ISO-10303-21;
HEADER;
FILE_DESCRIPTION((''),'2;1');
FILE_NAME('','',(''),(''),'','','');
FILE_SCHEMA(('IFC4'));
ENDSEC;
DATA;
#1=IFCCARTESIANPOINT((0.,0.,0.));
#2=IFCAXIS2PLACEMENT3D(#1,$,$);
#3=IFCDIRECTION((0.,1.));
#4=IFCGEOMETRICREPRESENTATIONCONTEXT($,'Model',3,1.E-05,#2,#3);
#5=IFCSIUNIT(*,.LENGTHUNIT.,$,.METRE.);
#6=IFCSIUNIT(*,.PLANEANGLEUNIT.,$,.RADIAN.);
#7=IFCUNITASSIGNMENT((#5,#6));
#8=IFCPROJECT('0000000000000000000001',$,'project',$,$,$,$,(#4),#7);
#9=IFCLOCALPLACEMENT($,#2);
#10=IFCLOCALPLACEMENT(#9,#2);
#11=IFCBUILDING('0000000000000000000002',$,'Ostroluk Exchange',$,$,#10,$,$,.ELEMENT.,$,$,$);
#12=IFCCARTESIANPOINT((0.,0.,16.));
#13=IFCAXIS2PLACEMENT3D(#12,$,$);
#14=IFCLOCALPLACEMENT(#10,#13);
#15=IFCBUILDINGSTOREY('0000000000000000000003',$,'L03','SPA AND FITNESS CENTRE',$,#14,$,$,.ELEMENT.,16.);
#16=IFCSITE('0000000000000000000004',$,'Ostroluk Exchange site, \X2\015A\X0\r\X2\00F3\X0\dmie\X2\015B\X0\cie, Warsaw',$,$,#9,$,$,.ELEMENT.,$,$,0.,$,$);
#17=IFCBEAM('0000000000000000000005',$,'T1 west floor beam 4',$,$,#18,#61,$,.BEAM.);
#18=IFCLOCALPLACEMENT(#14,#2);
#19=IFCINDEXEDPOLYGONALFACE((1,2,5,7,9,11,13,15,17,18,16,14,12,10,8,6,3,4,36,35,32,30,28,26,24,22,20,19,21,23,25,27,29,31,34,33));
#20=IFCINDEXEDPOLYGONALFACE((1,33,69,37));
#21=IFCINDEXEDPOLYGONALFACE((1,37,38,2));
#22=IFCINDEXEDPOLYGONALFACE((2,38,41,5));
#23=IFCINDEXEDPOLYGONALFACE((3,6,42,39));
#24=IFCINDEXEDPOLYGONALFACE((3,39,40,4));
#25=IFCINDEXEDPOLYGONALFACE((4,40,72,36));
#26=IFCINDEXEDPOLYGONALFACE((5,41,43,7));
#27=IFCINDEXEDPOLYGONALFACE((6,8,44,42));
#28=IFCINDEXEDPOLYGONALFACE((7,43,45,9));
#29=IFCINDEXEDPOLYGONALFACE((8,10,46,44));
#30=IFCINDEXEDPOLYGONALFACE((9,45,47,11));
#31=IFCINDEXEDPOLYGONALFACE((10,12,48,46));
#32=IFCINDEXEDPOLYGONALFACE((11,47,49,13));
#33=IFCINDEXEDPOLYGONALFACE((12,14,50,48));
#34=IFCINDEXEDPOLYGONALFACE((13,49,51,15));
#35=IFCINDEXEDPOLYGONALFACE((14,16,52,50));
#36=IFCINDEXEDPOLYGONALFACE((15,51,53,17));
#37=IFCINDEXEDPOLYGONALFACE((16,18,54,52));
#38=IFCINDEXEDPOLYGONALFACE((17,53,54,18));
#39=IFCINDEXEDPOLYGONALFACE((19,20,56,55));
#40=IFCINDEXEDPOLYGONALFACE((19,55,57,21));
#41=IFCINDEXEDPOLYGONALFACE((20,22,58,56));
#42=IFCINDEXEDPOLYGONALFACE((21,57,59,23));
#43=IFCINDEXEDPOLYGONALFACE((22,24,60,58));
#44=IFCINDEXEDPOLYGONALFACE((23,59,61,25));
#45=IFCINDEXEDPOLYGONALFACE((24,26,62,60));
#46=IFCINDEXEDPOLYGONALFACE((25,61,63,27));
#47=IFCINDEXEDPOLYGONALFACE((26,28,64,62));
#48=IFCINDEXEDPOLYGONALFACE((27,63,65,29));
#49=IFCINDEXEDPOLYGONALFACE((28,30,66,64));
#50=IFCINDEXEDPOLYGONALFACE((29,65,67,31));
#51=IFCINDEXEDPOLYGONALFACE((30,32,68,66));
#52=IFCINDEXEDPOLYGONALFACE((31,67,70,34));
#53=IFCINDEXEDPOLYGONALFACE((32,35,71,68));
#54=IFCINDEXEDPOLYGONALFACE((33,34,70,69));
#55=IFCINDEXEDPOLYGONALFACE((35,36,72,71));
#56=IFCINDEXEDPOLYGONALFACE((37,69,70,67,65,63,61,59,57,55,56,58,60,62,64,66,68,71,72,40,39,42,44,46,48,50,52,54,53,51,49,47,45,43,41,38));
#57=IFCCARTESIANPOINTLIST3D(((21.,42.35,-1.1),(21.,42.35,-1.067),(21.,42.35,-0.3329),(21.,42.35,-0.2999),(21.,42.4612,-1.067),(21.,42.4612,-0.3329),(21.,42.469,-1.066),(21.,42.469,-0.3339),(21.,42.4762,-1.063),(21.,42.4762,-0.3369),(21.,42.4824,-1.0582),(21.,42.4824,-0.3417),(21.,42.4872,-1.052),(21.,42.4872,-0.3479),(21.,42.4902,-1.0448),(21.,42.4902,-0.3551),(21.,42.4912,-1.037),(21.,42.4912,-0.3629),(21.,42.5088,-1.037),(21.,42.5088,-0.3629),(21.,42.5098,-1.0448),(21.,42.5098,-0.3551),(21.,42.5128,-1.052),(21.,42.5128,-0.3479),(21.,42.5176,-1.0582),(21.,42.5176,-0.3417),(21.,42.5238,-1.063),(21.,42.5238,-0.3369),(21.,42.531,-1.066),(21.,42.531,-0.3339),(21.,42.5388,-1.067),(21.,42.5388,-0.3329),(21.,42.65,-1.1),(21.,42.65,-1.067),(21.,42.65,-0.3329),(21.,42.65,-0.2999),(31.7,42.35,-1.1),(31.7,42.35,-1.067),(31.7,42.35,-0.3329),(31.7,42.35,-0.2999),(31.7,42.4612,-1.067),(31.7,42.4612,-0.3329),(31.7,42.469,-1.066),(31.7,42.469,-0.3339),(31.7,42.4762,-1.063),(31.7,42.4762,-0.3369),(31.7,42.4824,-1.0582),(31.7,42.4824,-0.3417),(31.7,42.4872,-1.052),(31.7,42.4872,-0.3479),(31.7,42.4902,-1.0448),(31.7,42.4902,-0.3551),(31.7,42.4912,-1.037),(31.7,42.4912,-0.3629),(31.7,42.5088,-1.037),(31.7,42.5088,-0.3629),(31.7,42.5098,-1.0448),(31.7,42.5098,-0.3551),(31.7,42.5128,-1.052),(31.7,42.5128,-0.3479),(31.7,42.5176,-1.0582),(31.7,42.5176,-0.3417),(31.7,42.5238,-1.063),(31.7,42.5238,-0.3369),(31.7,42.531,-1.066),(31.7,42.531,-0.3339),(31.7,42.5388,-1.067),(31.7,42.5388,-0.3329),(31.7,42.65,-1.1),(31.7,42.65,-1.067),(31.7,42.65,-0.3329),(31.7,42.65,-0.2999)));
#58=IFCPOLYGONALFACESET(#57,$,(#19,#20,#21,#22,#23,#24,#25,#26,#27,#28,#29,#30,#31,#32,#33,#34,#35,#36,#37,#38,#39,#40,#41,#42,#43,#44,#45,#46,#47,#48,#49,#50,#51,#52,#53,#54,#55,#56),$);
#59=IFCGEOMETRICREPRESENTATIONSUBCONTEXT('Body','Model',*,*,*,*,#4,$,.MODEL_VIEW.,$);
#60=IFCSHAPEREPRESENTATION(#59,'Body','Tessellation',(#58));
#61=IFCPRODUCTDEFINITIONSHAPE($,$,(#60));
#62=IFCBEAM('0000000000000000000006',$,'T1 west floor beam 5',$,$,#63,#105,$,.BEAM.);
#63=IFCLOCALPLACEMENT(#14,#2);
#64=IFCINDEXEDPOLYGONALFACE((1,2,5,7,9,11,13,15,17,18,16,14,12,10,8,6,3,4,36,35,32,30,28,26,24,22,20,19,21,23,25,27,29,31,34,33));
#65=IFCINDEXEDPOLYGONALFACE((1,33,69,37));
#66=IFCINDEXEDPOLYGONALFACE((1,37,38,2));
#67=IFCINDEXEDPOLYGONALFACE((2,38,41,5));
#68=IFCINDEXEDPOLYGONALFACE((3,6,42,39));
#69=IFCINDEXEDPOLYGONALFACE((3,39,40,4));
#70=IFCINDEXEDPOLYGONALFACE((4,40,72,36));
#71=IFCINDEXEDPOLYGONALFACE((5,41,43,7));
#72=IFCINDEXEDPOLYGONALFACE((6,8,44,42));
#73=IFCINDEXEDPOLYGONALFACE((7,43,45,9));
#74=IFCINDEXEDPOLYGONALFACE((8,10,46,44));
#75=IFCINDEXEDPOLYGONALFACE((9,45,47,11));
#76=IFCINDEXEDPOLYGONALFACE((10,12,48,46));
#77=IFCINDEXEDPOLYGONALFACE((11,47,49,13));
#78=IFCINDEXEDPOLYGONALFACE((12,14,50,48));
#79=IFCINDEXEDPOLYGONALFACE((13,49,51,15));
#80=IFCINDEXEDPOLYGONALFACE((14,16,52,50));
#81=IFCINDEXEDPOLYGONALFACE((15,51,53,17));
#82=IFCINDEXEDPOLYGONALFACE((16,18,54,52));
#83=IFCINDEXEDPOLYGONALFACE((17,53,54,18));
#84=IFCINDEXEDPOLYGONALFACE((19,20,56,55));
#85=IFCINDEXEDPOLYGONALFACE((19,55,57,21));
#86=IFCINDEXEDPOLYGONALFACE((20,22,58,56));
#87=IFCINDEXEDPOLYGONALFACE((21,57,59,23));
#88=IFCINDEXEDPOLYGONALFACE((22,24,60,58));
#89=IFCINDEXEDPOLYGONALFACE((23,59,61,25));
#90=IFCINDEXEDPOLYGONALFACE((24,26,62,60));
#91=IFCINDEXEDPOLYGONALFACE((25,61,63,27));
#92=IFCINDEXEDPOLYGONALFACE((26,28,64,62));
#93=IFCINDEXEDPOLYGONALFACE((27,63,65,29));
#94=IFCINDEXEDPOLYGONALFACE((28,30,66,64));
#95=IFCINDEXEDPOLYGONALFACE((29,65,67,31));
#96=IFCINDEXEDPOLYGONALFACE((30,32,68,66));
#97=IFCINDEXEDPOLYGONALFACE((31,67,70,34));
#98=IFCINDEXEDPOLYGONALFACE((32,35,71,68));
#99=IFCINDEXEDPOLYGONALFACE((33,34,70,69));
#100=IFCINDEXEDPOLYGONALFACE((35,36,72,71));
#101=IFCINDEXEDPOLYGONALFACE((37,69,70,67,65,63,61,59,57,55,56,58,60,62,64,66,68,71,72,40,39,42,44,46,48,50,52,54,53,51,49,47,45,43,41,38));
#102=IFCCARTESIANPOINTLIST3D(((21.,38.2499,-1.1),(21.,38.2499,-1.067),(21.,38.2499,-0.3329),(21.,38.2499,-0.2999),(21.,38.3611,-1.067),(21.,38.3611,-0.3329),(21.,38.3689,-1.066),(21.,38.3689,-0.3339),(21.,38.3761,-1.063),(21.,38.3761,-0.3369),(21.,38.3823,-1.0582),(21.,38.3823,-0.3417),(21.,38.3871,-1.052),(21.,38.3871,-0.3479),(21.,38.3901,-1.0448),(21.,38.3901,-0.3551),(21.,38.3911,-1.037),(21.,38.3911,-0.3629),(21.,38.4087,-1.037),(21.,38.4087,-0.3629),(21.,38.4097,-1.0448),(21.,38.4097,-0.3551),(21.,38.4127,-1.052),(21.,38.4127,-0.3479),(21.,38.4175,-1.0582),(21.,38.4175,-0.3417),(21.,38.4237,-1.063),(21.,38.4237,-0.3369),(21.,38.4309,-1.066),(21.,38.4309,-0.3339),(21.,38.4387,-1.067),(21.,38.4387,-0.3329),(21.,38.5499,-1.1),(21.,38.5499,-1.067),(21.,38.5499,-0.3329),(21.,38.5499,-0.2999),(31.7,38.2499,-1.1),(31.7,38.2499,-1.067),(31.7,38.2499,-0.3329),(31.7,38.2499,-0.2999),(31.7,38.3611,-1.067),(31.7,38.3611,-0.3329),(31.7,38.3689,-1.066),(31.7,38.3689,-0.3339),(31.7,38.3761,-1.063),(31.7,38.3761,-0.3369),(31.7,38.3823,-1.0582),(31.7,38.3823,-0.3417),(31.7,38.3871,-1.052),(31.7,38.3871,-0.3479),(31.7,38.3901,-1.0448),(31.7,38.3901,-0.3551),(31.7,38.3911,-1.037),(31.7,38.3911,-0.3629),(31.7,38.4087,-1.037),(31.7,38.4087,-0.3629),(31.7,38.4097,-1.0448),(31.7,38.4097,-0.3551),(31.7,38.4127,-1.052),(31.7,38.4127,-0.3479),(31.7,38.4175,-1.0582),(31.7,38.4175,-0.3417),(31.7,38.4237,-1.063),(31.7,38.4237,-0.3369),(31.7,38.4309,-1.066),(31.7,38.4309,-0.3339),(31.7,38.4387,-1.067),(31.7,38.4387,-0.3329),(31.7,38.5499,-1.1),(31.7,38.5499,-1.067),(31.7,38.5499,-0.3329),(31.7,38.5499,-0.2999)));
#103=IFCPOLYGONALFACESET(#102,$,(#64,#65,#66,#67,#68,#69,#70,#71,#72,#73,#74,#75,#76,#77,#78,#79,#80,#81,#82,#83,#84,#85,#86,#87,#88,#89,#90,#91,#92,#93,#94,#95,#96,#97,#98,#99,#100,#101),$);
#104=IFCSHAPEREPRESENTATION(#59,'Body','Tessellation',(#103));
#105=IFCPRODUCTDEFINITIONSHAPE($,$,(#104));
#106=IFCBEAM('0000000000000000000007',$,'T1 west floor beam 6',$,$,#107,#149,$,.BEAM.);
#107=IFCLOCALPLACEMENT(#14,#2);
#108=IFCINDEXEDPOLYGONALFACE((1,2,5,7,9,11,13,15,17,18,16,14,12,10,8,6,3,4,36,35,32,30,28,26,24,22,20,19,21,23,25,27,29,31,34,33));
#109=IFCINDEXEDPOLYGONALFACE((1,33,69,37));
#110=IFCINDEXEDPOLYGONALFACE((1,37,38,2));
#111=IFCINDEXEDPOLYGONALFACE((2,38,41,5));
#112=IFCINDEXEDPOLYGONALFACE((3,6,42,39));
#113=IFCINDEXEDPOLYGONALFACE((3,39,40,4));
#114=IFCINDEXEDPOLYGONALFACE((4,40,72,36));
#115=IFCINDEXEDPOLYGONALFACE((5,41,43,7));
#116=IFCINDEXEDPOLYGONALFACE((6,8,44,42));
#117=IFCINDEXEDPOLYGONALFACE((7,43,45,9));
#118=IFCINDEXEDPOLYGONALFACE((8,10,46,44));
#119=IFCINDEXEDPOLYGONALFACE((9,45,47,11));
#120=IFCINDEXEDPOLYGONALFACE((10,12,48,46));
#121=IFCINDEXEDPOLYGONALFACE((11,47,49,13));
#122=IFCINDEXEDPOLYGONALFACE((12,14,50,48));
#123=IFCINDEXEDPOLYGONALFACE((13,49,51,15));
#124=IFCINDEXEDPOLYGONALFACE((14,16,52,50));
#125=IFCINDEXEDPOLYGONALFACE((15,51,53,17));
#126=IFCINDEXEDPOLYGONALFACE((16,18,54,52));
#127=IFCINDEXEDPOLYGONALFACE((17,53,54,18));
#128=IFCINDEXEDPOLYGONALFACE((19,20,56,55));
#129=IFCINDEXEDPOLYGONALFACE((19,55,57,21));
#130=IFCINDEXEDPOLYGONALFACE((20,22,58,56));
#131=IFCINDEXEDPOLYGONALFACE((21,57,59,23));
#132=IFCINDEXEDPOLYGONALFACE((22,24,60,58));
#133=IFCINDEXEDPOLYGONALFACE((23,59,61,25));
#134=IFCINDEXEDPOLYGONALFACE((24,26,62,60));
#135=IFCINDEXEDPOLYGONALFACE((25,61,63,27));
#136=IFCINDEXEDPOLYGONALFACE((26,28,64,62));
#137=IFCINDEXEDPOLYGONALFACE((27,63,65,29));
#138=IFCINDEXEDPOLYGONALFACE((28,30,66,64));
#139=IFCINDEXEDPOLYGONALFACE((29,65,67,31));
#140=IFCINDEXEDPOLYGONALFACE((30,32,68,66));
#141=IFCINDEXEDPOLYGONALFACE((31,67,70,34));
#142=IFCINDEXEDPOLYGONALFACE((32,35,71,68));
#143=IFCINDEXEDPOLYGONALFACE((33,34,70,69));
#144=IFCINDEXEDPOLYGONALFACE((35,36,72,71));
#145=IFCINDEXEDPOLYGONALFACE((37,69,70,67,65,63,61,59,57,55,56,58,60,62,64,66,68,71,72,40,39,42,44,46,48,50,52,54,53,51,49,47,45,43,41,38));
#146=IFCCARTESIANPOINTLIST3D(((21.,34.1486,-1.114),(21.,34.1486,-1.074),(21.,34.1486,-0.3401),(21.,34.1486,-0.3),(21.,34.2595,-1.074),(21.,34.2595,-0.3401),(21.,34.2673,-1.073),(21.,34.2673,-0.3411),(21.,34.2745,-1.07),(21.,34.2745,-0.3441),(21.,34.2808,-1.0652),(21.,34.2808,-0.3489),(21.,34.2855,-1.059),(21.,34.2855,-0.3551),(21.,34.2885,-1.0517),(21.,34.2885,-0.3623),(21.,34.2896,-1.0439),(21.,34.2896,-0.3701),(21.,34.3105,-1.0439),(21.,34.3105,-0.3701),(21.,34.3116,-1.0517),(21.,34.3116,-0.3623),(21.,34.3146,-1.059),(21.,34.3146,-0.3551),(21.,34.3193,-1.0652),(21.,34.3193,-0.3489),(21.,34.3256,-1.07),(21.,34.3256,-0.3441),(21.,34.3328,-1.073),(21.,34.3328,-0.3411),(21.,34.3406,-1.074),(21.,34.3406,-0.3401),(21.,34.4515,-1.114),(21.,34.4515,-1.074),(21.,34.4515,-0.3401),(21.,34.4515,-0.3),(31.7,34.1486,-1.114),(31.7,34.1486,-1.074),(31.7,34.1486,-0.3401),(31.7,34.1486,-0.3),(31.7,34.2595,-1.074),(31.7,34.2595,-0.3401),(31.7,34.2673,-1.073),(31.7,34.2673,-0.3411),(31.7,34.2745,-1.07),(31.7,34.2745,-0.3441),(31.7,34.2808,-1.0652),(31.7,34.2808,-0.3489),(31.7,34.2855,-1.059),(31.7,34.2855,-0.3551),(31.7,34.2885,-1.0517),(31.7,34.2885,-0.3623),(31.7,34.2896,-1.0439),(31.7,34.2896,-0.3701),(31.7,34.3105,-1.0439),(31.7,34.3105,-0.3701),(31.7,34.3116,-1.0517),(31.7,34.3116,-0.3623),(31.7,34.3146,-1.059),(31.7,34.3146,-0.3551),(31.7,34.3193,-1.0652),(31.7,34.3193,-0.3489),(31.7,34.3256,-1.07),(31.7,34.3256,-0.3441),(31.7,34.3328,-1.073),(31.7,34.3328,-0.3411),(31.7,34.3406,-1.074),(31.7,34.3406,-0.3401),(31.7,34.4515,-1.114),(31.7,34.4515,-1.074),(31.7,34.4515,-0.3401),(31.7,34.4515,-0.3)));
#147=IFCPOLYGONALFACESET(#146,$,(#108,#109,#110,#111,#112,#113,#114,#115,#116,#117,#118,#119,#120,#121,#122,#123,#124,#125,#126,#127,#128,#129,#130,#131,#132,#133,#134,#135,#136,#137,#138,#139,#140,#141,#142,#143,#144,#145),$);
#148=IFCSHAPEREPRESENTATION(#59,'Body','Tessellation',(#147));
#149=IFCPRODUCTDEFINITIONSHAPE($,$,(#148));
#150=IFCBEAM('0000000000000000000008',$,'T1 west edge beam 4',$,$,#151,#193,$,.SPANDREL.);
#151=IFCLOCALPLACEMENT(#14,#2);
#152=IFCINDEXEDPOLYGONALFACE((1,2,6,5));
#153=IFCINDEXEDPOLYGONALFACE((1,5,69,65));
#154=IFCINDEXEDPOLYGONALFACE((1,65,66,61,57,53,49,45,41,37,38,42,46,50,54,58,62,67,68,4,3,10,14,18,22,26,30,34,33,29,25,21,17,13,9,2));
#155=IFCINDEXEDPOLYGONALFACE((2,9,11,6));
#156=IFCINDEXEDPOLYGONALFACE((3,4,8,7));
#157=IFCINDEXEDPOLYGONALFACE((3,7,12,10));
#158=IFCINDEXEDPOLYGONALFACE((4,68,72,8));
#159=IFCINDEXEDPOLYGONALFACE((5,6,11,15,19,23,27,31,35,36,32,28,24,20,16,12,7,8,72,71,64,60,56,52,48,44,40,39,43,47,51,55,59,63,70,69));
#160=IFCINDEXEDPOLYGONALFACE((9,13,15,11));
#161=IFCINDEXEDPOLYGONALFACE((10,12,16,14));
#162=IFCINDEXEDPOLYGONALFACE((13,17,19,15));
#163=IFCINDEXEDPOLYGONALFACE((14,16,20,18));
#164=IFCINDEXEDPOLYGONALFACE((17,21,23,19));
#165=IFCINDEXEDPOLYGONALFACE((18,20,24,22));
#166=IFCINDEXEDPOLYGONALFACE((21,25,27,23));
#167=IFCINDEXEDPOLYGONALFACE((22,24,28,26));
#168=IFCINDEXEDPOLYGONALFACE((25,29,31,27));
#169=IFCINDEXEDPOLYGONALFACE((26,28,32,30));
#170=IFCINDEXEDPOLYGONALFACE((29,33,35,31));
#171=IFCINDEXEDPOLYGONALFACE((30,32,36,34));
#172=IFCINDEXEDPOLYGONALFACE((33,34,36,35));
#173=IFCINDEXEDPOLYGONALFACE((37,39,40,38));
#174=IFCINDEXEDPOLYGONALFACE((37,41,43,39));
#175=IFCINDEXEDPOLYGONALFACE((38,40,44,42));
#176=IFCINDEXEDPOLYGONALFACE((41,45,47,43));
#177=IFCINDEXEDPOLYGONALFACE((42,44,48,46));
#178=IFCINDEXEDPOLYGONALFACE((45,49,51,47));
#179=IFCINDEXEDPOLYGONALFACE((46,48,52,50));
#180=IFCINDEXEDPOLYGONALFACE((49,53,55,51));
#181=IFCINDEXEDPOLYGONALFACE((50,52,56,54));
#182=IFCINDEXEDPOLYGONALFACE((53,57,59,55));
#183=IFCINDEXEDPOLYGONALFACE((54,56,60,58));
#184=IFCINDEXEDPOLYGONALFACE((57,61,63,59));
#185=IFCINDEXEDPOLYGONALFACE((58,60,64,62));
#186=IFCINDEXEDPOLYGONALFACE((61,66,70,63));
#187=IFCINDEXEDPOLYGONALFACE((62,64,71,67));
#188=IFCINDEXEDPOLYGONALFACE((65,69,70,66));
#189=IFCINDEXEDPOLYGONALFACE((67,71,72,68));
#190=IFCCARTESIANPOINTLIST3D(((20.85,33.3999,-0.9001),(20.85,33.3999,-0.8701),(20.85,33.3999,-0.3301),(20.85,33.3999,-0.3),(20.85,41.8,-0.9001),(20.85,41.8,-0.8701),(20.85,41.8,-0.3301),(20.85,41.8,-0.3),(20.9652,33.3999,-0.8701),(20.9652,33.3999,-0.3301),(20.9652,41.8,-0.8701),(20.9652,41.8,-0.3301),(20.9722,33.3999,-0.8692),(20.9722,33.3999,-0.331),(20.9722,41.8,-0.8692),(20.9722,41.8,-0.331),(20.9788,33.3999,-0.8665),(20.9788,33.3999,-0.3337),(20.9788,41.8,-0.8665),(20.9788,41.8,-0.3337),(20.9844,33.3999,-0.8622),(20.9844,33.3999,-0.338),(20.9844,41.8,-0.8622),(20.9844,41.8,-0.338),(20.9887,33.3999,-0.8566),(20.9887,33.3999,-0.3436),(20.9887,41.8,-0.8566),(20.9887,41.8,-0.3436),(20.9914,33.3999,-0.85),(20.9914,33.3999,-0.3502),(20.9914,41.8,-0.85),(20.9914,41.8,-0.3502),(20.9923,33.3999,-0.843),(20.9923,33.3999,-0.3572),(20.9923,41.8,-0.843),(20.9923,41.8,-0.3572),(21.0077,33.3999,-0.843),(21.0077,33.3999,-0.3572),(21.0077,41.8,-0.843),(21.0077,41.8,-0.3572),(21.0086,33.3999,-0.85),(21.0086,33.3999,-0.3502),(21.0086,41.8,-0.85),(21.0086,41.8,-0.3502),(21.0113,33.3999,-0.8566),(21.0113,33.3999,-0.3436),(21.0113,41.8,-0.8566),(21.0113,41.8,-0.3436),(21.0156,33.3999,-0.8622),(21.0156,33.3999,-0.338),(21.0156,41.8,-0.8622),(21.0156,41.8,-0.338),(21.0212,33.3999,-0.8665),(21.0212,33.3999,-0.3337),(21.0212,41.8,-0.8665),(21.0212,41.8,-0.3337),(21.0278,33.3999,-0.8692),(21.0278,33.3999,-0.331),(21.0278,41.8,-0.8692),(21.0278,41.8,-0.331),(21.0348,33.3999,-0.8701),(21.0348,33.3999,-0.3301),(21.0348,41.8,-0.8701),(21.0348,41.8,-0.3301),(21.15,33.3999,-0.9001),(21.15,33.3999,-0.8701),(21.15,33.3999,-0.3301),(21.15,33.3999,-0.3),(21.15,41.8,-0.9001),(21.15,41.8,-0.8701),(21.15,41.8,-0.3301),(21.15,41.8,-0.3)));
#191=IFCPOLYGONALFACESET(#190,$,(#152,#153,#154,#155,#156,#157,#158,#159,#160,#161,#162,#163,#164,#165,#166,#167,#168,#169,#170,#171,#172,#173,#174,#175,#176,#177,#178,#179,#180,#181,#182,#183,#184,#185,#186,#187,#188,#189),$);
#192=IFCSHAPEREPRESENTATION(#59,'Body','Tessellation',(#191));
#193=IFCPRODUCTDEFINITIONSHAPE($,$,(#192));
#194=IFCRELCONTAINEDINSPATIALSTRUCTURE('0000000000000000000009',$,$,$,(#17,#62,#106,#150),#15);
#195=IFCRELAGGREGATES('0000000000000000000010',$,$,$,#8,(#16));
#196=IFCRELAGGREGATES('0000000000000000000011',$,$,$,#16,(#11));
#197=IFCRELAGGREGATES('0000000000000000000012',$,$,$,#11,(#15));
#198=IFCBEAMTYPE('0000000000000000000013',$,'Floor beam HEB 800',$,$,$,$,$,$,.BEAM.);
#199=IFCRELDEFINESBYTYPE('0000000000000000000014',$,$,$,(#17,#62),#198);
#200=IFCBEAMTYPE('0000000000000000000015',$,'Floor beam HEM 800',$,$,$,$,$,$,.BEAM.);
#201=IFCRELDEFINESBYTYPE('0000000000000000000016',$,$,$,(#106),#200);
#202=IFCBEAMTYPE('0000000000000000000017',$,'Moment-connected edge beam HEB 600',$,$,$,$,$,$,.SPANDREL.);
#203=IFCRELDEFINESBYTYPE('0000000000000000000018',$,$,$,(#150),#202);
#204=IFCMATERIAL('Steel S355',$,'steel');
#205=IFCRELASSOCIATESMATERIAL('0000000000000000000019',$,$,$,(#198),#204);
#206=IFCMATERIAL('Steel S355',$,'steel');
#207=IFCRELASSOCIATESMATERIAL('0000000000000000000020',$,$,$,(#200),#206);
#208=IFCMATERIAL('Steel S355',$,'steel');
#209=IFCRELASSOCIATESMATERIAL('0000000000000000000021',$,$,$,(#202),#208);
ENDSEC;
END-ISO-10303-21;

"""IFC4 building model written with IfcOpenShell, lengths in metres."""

from ifc_helpers import new_model, si_unit, direction, frame, origin, origin_2d, place, context, subcontext, project, spatial, i_section, extrude, material, material_profile, profile_set, type_object, element, save


model = new_model("IFC4")

# Units and contexts
model_context = context("Model", 3, precision=1e-05, world=origin(), true_north=direction((0.0, 1.0)))
body_context = subcontext(model_context, "Body", "Model", "MODEL_VIEW")
ifc_project = project(units=[si_unit("LENGTHUNIT", "METRE"), si_unit("PLANEANGLEUNIT", "RADIAN")], contexts=[model_context])

# Site, building, storey
site_placement = place(None, origin())
site = spatial("IfcSite", under=ifc_project, at=site_placement, Name="Ostroluk Exchange site, Śródmieście, Warsaw", CompositionType="ELEMENT", RefElevation=0.0)
building_placement = place(site_placement, origin())
building = spatial("IfcBuilding", under=site, at=building_placement, Name="Ostroluk Exchange", CompositionType="ELEMENT")
storey_placement = place(building_placement, frame((0.0, 0.0, 16.0)))
storey = spatial("IfcBuildingStorey", under=building, at=storey_placement, Name="L03", Description="SPA AND FITNESS CENTRE", CompositionType="ELEMENT", Elevation=16.0)

# Beams
ifc_material_1 = material(Name="Steel S355", Category="steel")
ifc_material_profile_1 = material_profile(ifc_material_1, i_section(OverallWidth=0.3, OverallDepth=0.8, WebThickness=0.0176, FlangeThickness=0.033, FilletRadius=0.03, at=origin_2d()), Name="HEB 800")
ifc_profile_set_1 = profile_set([ifc_material_profile_1], Name="Steel S355")
beam_type_1 = type_object("IfcBeamType", Name="Floor beam HEB 800", PredefinedType="BEAM", material=ifc_profile_set_1)
for number, where, z_axis, x_axis, name in (
    (1, (31.7, 42.5, -0.7), (-1.0, 0.0, 0.0), (0.0, -1.0, 0.0), "T1 west floor beam 4"),
    (2, (31.7, 38.3999, -0.7), (-1.0, 0.0, 0.0), (0.0, -1.0, 0.0), "T1 west floor beam 5"),
):
    element("IfcBeam", number, at=place(storey_placement, frame(where, z_axis=z_axis, x_axis=x_axis)), inside=storey, type_object=beam_type_1, Name=name, PredefinedType="BEAM", context=body_context, shape_type="SweptSolid", body=[
        extrude(i_section(OverallWidth=0.3, OverallDepth=0.8, WebThickness=0.0176, FlangeThickness=0.033, FilletRadius=0.03, at=origin_2d()), origin(), (0.0, 0.0, 1.0), 10.7),
    ])
ifc_material_2 = material(Name="Steel S355", Category="steel")
ifc_material_profile_2 = material_profile(ifc_material_2, i_section(OverallWidth=0.303, OverallDepth=0.814, WebThickness=0.021, FlangeThickness=0.04, FilletRadius=0.03, at=origin_2d()), Name="HEM 800")
ifc_profile_set_2 = profile_set([ifc_material_profile_2], Name="Steel S355")
beam_type_2 = type_object("IfcBeamType", Name="Floor beam HEM 800", PredefinedType="BEAM", material=ifc_profile_set_2)
beam_1_placement = place(storey_placement, frame((31.7, 34.3, -0.707), z_axis=(-1.0, 0.0, 0.0), x_axis=(0.0, -1.0, 0.0)))
element("IfcBeam", 3, at=beam_1_placement, inside=storey, type_object=beam_type_2, Name="T1 west floor beam 6", PredefinedType="BEAM", context=body_context, shape_type="SweptSolid", body=[
    extrude(i_section(OverallWidth=0.303, OverallDepth=0.814, WebThickness=0.021, FlangeThickness=0.04, FilletRadius=0.03, at=origin_2d()), origin(), (0.0, 0.0, 1.0), 10.7),
])
ifc_material_3 = material(Name="Steel S355", Category="steel")
ifc_material_profile_3 = material_profile(ifc_material_3, i_section(OverallWidth=0.3, OverallDepth=0.6001, WebThickness=0.0154, FlangeThickness=0.03, FilletRadius=0.0271, at=origin_2d()), Name="HEB 600")
ifc_profile_set_3 = profile_set([ifc_material_profile_3], Name="Steel S355")
beam_type_3 = type_object("IfcBeamType", Name="Moment-connected edge beam HEB 600", PredefinedType="SPANDREL", material=ifc_profile_set_3)
beam_2_placement = place(storey_placement, frame((21.0, 41.8, -0.6001), z_axis=(0.0, -1.0, 0.0), x_axis=(1.0, 0.0, 0.0)))
element("IfcBeam", 4, at=beam_2_placement, inside=storey, type_object=beam_type_3, Name="T1 west edge beam 4", PredefinedType="SPANDREL", context=body_context, shape_type="SweptSolid", body=[
    extrude(i_section(OverallWidth=0.3, OverallDepth=0.6001, WebThickness=0.0154, FlangeThickness=0.03, FilletRadius=0.0271, at=origin_2d()), origin(), (0.0, 0.0, 1.0), 8.4001),
])

save(model, "model.ifc")
